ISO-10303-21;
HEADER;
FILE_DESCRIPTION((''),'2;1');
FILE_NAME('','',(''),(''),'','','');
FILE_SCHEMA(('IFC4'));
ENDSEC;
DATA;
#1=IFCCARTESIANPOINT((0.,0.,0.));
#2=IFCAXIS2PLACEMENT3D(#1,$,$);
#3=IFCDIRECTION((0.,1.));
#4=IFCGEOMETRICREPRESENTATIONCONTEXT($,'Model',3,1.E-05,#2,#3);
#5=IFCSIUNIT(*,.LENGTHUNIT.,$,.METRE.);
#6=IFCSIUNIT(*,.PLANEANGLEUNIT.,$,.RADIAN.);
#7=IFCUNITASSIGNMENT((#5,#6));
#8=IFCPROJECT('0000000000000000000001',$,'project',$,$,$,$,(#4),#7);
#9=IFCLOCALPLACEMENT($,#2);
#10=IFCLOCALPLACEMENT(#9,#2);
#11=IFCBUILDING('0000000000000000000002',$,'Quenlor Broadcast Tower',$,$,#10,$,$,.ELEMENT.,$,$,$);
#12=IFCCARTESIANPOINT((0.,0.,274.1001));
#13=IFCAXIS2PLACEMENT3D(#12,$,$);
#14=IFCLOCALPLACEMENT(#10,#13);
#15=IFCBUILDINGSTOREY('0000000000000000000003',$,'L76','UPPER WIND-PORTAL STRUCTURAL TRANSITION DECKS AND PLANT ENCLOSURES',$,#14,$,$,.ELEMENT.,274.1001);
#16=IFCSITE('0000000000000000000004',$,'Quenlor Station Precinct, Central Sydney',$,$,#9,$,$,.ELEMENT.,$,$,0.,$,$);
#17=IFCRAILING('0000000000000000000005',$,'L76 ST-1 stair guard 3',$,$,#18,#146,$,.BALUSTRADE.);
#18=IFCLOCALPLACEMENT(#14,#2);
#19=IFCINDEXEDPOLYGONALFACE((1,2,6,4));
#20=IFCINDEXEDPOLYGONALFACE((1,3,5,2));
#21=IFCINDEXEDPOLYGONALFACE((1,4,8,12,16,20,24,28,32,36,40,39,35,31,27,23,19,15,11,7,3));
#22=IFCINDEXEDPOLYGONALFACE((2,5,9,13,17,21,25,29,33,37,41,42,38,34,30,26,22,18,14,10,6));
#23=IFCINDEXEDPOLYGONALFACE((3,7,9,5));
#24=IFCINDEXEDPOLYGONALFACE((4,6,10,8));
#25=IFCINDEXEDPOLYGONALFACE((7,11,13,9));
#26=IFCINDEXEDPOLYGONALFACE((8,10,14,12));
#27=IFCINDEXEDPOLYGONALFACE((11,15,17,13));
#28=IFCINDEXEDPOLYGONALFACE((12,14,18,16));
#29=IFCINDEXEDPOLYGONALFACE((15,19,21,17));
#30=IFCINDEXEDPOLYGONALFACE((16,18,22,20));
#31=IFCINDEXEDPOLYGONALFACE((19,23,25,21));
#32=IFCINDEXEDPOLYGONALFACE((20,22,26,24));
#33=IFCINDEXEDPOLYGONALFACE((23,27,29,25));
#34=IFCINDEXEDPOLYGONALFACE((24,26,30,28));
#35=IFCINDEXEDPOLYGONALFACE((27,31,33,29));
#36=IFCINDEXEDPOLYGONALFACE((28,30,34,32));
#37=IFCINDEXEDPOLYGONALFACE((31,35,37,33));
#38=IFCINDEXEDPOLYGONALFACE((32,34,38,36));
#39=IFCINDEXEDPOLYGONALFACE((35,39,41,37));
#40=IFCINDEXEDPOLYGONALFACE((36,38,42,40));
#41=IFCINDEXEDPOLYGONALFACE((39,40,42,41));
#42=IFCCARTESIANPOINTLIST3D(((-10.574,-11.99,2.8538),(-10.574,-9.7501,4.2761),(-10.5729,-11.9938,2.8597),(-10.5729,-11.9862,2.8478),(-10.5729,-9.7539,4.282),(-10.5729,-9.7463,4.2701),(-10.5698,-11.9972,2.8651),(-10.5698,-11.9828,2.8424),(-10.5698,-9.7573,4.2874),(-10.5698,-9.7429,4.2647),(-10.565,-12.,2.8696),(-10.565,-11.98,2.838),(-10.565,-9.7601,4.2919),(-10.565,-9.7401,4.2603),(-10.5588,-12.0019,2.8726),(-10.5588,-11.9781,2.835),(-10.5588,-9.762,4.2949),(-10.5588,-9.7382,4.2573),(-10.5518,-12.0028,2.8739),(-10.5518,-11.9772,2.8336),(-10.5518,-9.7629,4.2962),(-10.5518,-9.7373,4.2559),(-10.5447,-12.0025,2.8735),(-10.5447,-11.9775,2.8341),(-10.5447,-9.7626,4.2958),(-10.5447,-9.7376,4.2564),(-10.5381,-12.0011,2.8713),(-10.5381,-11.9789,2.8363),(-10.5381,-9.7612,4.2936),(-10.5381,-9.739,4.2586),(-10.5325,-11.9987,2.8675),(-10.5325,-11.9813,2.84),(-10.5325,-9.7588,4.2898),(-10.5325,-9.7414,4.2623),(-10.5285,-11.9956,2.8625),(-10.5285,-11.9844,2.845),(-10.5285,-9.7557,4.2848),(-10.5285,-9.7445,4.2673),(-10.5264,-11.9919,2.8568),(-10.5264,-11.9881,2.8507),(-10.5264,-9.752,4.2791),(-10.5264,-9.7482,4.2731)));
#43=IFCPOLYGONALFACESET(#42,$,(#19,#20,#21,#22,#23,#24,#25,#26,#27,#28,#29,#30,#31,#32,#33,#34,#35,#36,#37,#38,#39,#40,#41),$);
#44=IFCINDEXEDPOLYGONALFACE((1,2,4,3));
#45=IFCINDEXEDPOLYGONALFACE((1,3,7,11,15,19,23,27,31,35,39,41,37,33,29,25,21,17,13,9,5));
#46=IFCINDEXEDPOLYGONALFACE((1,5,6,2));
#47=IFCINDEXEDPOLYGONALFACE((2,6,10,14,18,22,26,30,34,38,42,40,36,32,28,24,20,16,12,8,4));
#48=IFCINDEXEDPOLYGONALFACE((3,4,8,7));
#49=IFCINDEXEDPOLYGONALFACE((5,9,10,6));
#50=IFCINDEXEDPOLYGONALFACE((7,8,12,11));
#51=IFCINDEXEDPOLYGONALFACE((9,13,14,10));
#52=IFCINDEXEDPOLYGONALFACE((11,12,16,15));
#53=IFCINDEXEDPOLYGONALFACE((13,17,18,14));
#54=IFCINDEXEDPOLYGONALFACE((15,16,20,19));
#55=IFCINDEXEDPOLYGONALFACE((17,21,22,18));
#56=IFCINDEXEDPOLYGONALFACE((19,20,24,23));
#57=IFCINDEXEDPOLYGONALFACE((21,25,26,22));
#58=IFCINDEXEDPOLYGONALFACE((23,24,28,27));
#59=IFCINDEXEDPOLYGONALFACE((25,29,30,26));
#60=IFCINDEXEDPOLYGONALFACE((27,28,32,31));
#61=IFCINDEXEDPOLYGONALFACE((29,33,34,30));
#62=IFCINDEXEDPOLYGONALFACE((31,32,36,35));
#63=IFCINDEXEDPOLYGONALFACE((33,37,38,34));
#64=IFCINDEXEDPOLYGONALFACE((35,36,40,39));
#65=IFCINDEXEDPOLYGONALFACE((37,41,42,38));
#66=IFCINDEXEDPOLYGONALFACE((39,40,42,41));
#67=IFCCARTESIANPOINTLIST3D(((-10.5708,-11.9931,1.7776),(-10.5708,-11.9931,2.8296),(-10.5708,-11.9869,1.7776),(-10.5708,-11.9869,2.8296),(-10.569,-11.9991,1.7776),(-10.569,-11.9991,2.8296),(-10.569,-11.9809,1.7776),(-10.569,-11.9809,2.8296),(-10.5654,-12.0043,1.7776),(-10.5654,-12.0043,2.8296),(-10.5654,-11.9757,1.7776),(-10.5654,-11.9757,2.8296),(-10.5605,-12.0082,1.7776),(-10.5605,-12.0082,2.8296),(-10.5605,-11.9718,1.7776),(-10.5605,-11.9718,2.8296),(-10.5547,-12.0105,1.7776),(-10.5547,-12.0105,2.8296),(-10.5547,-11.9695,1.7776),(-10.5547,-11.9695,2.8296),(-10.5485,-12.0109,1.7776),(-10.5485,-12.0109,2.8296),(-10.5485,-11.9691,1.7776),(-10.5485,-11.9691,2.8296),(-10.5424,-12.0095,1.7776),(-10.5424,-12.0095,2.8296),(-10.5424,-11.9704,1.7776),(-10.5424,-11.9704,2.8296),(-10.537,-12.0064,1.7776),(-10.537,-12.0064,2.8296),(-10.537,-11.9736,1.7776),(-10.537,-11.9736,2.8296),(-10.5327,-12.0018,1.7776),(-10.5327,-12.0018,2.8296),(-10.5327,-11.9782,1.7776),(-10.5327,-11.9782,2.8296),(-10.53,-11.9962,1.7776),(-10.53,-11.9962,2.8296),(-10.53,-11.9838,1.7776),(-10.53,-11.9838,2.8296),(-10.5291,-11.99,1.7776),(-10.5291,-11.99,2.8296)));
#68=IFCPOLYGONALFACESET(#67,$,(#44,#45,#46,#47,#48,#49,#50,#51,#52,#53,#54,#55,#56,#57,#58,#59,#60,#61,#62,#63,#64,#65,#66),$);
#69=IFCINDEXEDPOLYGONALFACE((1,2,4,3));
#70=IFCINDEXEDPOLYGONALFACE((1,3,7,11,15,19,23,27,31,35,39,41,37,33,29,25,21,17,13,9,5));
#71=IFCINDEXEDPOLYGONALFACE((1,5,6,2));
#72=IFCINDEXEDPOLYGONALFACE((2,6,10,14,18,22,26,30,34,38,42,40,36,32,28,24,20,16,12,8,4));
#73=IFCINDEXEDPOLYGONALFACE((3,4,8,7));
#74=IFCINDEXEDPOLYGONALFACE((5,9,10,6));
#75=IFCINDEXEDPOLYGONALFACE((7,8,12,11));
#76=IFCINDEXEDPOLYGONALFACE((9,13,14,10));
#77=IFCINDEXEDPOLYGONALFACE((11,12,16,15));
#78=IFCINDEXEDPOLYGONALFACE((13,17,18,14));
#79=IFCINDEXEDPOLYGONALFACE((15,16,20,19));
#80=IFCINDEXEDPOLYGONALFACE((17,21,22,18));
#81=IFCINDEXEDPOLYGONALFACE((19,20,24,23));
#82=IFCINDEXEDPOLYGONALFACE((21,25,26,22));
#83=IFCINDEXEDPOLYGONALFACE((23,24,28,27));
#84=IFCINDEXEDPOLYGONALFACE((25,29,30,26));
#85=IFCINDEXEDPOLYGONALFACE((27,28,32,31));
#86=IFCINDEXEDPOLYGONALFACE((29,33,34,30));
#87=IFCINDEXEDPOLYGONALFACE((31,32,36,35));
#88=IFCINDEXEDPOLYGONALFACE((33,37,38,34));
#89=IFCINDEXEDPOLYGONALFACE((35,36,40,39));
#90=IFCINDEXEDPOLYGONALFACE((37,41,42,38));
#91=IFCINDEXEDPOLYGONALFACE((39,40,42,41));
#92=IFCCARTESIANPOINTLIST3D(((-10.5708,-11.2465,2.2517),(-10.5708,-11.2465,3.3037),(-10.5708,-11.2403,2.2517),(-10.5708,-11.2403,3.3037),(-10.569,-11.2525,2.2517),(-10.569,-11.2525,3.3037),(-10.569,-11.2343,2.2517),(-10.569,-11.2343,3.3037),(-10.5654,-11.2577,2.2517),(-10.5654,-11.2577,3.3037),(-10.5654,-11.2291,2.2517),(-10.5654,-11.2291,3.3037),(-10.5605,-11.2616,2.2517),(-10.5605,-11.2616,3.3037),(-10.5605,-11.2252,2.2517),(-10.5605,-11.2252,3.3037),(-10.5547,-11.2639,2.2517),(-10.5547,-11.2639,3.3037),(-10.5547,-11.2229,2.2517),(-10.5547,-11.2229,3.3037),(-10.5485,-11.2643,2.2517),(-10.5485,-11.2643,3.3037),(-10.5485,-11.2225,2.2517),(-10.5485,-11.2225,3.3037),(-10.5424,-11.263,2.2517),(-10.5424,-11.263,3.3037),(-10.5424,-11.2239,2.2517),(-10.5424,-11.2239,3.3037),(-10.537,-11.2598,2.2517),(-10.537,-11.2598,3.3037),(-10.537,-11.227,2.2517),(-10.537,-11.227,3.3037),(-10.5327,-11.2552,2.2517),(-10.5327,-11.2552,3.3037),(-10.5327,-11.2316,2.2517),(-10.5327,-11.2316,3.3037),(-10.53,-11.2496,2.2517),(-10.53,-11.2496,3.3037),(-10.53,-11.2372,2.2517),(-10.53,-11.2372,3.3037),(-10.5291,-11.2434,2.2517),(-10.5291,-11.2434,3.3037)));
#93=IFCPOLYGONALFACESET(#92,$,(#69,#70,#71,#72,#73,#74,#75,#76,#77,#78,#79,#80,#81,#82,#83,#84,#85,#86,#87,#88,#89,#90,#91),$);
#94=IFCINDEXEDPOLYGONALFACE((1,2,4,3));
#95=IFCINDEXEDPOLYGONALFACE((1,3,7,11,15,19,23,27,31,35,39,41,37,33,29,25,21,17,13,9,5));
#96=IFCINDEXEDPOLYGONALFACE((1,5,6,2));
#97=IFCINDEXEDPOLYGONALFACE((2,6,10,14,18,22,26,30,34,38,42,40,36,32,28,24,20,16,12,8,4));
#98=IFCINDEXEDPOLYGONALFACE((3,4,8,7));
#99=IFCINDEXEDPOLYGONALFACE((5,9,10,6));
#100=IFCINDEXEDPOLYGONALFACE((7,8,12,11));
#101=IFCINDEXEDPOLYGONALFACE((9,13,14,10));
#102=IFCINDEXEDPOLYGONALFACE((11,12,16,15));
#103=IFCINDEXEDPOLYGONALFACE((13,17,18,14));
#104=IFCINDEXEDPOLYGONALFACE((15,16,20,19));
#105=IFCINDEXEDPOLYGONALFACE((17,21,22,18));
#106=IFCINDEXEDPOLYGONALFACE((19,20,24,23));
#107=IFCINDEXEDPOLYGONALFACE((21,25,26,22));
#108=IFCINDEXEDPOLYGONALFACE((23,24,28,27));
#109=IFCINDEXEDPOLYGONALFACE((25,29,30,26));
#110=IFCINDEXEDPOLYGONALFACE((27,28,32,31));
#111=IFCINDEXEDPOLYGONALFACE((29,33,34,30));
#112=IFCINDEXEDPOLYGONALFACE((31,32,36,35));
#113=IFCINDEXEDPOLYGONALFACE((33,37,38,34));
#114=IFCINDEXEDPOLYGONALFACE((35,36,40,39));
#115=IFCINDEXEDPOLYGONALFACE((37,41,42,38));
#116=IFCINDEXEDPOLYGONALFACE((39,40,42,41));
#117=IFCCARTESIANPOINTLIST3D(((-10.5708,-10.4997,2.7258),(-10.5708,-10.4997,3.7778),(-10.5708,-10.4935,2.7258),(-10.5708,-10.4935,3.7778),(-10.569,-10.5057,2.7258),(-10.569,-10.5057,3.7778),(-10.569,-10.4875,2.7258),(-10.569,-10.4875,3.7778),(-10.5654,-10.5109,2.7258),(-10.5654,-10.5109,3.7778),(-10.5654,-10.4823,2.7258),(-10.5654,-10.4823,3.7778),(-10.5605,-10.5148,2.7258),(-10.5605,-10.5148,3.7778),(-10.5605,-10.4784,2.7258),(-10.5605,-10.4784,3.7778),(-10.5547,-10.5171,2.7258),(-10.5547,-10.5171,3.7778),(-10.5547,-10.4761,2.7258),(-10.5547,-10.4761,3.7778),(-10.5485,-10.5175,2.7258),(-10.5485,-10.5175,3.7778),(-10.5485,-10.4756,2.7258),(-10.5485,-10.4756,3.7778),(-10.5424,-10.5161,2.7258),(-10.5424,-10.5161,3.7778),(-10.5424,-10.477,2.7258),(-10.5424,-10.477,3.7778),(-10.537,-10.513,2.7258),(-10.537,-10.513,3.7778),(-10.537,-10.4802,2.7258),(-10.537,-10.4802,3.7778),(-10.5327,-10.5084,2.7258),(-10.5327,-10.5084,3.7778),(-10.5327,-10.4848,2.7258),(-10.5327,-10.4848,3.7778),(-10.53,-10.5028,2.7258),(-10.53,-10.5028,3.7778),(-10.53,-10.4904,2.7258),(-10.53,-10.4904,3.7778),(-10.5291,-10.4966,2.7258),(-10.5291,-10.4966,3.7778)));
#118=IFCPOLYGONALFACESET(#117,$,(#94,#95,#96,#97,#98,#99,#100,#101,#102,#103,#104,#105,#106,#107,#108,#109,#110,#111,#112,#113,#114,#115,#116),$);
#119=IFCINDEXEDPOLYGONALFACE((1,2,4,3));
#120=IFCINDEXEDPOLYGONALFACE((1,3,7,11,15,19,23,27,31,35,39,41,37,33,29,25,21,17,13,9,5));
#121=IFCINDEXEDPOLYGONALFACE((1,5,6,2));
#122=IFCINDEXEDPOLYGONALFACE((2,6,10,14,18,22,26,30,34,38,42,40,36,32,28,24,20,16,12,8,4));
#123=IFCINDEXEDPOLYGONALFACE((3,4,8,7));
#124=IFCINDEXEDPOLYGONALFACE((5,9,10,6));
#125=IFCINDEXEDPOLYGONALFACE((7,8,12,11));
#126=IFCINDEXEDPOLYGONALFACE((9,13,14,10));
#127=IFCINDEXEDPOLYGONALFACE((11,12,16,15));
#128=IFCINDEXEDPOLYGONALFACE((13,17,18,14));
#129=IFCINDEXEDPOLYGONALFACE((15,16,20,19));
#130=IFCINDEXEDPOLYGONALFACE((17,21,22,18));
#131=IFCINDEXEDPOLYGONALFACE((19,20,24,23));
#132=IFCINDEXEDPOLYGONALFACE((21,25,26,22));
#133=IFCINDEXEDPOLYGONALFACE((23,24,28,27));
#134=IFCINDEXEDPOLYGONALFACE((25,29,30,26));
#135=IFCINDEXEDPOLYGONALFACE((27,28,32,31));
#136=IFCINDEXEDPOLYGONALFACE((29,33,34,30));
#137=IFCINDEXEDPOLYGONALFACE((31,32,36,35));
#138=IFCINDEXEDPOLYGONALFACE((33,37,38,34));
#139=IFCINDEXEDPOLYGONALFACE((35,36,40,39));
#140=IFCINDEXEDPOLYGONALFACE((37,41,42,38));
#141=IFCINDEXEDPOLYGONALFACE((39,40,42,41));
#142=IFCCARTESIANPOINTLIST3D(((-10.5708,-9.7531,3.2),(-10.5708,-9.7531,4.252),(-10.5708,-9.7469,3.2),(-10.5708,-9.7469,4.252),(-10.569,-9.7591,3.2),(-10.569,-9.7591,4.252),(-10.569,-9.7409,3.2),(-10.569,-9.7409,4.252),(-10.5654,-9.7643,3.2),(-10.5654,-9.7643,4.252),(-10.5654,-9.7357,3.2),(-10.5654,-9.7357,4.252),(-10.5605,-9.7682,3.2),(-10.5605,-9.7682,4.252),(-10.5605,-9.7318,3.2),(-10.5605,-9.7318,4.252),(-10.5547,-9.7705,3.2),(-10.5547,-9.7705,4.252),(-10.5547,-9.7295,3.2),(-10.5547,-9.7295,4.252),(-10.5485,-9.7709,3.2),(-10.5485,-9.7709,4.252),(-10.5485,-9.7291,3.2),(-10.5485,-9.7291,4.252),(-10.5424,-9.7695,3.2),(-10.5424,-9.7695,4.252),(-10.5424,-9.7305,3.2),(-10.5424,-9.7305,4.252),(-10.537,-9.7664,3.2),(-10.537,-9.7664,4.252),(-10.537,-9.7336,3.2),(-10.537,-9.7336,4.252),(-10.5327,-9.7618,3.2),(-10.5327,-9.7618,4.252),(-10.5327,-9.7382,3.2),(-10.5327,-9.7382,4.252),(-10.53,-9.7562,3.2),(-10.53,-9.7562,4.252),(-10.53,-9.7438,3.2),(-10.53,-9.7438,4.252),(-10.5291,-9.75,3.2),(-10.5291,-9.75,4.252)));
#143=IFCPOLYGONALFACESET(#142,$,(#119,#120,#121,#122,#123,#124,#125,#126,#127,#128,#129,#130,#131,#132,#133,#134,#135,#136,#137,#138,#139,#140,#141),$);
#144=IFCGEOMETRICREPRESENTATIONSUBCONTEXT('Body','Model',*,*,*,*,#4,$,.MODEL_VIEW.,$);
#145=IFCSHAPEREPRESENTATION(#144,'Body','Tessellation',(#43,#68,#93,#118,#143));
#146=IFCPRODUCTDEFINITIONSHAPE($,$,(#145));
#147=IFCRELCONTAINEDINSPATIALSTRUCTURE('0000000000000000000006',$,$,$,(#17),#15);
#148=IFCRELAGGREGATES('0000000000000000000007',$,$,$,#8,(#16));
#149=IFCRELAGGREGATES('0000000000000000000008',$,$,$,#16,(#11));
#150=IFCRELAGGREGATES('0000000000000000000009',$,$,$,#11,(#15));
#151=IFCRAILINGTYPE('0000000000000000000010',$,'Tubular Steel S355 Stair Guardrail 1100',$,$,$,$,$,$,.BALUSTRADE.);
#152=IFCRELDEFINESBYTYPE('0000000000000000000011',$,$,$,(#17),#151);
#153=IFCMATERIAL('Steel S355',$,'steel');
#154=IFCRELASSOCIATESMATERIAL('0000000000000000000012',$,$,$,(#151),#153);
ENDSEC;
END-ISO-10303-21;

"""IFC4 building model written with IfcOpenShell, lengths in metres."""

from ifc_helpers import new_model, si_unit, direction, frame, origin, origin_2d, place, context, subcontext, project, spatial, circle, extrude, material, type_object, element, save


model = new_model("IFC4")

# Units and contexts
model_context = context("Model", 3, precision=1e-05, world=origin(), true_north=direction((0.0, 1.0)))
body_context = subcontext(model_context, "Body", "Model", "MODEL_VIEW")
ifc_project = project(units=[si_unit("LENGTHUNIT", "METRE"), si_unit("PLANEANGLEUNIT", "RADIAN")], contexts=[model_context])

# Site, building, storey
site_placement = place(None, origin())
site = spatial("IfcSite", under=ifc_project, at=site_placement, Name="Quenlor Station Precinct, Central Sydney", CompositionType="ELEMENT", RefElevation=0.0)
building_placement = place(site_placement, origin())
building = spatial("IfcBuilding", under=site, at=building_placement, Name="Quenlor Broadcast Tower", CompositionType="ELEMENT")
storey_placement = place(building_placement, frame((0.0, 0.0, 274.1001)))
storey = spatial("IfcBuildingStorey", under=building, at=storey_placement, Name="L76", Description="UPPER WIND-PORTAL STRUCTURAL TRANSITION DECKS AND PLANT ENCLOSURES", CompositionType="ELEMENT", Elevation=274.1001)

# Railing
ifc_material_1 = material(Name="Steel S355", Category="steel")
railing_type_1 = type_object("IfcRailingType", Name="Tubular Steel S355 Stair Guardrail 1100", PredefinedType="BALUSTRADE", material=ifc_material_1)
railing_1_placement = place(storey_placement, frame((-10.55, -11.99, 1.7776)))
element("IfcRailing", 1, at=railing_1_placement, inside=storey, type_object=railing_type_1, Name="L76 ST-1 stair guard 3", PredefinedType="BALUSTRADE", context=body_context, shape_type="SweptSolid", body=[
    extrude(circle(Radius=0.0239, at=origin_2d()), frame((0.0, 0.0, 1.0762), z_axis=(0.0, 0.844188, 0.536048), x_axis=(-1.0, 0.0, 0.0)), (0.0, 0.0, 1.0), 2.6533),
    extrude(circle(Radius=0.021, at=origin_2d()), origin(), (0.0, 0.0, 1.0), 1.052),
    extrude(circle(Radius=0.021, at=origin_2d()), frame((0.0, 0.7466, 0.4741)), (0.0, 0.0, 1.0), 1.052),
    extrude(circle(Radius=0.021, at=origin_2d()), frame((0.0, 1.4934, 0.9482)), (0.0, 0.0, 1.0), 1.052),
    extrude(circle(Radius=0.021, at=origin_2d()), frame((0.0, 2.24, 1.4224)), (0.0, 0.0, 1.0), 1.052),
])

save(model, "model.ifc")
